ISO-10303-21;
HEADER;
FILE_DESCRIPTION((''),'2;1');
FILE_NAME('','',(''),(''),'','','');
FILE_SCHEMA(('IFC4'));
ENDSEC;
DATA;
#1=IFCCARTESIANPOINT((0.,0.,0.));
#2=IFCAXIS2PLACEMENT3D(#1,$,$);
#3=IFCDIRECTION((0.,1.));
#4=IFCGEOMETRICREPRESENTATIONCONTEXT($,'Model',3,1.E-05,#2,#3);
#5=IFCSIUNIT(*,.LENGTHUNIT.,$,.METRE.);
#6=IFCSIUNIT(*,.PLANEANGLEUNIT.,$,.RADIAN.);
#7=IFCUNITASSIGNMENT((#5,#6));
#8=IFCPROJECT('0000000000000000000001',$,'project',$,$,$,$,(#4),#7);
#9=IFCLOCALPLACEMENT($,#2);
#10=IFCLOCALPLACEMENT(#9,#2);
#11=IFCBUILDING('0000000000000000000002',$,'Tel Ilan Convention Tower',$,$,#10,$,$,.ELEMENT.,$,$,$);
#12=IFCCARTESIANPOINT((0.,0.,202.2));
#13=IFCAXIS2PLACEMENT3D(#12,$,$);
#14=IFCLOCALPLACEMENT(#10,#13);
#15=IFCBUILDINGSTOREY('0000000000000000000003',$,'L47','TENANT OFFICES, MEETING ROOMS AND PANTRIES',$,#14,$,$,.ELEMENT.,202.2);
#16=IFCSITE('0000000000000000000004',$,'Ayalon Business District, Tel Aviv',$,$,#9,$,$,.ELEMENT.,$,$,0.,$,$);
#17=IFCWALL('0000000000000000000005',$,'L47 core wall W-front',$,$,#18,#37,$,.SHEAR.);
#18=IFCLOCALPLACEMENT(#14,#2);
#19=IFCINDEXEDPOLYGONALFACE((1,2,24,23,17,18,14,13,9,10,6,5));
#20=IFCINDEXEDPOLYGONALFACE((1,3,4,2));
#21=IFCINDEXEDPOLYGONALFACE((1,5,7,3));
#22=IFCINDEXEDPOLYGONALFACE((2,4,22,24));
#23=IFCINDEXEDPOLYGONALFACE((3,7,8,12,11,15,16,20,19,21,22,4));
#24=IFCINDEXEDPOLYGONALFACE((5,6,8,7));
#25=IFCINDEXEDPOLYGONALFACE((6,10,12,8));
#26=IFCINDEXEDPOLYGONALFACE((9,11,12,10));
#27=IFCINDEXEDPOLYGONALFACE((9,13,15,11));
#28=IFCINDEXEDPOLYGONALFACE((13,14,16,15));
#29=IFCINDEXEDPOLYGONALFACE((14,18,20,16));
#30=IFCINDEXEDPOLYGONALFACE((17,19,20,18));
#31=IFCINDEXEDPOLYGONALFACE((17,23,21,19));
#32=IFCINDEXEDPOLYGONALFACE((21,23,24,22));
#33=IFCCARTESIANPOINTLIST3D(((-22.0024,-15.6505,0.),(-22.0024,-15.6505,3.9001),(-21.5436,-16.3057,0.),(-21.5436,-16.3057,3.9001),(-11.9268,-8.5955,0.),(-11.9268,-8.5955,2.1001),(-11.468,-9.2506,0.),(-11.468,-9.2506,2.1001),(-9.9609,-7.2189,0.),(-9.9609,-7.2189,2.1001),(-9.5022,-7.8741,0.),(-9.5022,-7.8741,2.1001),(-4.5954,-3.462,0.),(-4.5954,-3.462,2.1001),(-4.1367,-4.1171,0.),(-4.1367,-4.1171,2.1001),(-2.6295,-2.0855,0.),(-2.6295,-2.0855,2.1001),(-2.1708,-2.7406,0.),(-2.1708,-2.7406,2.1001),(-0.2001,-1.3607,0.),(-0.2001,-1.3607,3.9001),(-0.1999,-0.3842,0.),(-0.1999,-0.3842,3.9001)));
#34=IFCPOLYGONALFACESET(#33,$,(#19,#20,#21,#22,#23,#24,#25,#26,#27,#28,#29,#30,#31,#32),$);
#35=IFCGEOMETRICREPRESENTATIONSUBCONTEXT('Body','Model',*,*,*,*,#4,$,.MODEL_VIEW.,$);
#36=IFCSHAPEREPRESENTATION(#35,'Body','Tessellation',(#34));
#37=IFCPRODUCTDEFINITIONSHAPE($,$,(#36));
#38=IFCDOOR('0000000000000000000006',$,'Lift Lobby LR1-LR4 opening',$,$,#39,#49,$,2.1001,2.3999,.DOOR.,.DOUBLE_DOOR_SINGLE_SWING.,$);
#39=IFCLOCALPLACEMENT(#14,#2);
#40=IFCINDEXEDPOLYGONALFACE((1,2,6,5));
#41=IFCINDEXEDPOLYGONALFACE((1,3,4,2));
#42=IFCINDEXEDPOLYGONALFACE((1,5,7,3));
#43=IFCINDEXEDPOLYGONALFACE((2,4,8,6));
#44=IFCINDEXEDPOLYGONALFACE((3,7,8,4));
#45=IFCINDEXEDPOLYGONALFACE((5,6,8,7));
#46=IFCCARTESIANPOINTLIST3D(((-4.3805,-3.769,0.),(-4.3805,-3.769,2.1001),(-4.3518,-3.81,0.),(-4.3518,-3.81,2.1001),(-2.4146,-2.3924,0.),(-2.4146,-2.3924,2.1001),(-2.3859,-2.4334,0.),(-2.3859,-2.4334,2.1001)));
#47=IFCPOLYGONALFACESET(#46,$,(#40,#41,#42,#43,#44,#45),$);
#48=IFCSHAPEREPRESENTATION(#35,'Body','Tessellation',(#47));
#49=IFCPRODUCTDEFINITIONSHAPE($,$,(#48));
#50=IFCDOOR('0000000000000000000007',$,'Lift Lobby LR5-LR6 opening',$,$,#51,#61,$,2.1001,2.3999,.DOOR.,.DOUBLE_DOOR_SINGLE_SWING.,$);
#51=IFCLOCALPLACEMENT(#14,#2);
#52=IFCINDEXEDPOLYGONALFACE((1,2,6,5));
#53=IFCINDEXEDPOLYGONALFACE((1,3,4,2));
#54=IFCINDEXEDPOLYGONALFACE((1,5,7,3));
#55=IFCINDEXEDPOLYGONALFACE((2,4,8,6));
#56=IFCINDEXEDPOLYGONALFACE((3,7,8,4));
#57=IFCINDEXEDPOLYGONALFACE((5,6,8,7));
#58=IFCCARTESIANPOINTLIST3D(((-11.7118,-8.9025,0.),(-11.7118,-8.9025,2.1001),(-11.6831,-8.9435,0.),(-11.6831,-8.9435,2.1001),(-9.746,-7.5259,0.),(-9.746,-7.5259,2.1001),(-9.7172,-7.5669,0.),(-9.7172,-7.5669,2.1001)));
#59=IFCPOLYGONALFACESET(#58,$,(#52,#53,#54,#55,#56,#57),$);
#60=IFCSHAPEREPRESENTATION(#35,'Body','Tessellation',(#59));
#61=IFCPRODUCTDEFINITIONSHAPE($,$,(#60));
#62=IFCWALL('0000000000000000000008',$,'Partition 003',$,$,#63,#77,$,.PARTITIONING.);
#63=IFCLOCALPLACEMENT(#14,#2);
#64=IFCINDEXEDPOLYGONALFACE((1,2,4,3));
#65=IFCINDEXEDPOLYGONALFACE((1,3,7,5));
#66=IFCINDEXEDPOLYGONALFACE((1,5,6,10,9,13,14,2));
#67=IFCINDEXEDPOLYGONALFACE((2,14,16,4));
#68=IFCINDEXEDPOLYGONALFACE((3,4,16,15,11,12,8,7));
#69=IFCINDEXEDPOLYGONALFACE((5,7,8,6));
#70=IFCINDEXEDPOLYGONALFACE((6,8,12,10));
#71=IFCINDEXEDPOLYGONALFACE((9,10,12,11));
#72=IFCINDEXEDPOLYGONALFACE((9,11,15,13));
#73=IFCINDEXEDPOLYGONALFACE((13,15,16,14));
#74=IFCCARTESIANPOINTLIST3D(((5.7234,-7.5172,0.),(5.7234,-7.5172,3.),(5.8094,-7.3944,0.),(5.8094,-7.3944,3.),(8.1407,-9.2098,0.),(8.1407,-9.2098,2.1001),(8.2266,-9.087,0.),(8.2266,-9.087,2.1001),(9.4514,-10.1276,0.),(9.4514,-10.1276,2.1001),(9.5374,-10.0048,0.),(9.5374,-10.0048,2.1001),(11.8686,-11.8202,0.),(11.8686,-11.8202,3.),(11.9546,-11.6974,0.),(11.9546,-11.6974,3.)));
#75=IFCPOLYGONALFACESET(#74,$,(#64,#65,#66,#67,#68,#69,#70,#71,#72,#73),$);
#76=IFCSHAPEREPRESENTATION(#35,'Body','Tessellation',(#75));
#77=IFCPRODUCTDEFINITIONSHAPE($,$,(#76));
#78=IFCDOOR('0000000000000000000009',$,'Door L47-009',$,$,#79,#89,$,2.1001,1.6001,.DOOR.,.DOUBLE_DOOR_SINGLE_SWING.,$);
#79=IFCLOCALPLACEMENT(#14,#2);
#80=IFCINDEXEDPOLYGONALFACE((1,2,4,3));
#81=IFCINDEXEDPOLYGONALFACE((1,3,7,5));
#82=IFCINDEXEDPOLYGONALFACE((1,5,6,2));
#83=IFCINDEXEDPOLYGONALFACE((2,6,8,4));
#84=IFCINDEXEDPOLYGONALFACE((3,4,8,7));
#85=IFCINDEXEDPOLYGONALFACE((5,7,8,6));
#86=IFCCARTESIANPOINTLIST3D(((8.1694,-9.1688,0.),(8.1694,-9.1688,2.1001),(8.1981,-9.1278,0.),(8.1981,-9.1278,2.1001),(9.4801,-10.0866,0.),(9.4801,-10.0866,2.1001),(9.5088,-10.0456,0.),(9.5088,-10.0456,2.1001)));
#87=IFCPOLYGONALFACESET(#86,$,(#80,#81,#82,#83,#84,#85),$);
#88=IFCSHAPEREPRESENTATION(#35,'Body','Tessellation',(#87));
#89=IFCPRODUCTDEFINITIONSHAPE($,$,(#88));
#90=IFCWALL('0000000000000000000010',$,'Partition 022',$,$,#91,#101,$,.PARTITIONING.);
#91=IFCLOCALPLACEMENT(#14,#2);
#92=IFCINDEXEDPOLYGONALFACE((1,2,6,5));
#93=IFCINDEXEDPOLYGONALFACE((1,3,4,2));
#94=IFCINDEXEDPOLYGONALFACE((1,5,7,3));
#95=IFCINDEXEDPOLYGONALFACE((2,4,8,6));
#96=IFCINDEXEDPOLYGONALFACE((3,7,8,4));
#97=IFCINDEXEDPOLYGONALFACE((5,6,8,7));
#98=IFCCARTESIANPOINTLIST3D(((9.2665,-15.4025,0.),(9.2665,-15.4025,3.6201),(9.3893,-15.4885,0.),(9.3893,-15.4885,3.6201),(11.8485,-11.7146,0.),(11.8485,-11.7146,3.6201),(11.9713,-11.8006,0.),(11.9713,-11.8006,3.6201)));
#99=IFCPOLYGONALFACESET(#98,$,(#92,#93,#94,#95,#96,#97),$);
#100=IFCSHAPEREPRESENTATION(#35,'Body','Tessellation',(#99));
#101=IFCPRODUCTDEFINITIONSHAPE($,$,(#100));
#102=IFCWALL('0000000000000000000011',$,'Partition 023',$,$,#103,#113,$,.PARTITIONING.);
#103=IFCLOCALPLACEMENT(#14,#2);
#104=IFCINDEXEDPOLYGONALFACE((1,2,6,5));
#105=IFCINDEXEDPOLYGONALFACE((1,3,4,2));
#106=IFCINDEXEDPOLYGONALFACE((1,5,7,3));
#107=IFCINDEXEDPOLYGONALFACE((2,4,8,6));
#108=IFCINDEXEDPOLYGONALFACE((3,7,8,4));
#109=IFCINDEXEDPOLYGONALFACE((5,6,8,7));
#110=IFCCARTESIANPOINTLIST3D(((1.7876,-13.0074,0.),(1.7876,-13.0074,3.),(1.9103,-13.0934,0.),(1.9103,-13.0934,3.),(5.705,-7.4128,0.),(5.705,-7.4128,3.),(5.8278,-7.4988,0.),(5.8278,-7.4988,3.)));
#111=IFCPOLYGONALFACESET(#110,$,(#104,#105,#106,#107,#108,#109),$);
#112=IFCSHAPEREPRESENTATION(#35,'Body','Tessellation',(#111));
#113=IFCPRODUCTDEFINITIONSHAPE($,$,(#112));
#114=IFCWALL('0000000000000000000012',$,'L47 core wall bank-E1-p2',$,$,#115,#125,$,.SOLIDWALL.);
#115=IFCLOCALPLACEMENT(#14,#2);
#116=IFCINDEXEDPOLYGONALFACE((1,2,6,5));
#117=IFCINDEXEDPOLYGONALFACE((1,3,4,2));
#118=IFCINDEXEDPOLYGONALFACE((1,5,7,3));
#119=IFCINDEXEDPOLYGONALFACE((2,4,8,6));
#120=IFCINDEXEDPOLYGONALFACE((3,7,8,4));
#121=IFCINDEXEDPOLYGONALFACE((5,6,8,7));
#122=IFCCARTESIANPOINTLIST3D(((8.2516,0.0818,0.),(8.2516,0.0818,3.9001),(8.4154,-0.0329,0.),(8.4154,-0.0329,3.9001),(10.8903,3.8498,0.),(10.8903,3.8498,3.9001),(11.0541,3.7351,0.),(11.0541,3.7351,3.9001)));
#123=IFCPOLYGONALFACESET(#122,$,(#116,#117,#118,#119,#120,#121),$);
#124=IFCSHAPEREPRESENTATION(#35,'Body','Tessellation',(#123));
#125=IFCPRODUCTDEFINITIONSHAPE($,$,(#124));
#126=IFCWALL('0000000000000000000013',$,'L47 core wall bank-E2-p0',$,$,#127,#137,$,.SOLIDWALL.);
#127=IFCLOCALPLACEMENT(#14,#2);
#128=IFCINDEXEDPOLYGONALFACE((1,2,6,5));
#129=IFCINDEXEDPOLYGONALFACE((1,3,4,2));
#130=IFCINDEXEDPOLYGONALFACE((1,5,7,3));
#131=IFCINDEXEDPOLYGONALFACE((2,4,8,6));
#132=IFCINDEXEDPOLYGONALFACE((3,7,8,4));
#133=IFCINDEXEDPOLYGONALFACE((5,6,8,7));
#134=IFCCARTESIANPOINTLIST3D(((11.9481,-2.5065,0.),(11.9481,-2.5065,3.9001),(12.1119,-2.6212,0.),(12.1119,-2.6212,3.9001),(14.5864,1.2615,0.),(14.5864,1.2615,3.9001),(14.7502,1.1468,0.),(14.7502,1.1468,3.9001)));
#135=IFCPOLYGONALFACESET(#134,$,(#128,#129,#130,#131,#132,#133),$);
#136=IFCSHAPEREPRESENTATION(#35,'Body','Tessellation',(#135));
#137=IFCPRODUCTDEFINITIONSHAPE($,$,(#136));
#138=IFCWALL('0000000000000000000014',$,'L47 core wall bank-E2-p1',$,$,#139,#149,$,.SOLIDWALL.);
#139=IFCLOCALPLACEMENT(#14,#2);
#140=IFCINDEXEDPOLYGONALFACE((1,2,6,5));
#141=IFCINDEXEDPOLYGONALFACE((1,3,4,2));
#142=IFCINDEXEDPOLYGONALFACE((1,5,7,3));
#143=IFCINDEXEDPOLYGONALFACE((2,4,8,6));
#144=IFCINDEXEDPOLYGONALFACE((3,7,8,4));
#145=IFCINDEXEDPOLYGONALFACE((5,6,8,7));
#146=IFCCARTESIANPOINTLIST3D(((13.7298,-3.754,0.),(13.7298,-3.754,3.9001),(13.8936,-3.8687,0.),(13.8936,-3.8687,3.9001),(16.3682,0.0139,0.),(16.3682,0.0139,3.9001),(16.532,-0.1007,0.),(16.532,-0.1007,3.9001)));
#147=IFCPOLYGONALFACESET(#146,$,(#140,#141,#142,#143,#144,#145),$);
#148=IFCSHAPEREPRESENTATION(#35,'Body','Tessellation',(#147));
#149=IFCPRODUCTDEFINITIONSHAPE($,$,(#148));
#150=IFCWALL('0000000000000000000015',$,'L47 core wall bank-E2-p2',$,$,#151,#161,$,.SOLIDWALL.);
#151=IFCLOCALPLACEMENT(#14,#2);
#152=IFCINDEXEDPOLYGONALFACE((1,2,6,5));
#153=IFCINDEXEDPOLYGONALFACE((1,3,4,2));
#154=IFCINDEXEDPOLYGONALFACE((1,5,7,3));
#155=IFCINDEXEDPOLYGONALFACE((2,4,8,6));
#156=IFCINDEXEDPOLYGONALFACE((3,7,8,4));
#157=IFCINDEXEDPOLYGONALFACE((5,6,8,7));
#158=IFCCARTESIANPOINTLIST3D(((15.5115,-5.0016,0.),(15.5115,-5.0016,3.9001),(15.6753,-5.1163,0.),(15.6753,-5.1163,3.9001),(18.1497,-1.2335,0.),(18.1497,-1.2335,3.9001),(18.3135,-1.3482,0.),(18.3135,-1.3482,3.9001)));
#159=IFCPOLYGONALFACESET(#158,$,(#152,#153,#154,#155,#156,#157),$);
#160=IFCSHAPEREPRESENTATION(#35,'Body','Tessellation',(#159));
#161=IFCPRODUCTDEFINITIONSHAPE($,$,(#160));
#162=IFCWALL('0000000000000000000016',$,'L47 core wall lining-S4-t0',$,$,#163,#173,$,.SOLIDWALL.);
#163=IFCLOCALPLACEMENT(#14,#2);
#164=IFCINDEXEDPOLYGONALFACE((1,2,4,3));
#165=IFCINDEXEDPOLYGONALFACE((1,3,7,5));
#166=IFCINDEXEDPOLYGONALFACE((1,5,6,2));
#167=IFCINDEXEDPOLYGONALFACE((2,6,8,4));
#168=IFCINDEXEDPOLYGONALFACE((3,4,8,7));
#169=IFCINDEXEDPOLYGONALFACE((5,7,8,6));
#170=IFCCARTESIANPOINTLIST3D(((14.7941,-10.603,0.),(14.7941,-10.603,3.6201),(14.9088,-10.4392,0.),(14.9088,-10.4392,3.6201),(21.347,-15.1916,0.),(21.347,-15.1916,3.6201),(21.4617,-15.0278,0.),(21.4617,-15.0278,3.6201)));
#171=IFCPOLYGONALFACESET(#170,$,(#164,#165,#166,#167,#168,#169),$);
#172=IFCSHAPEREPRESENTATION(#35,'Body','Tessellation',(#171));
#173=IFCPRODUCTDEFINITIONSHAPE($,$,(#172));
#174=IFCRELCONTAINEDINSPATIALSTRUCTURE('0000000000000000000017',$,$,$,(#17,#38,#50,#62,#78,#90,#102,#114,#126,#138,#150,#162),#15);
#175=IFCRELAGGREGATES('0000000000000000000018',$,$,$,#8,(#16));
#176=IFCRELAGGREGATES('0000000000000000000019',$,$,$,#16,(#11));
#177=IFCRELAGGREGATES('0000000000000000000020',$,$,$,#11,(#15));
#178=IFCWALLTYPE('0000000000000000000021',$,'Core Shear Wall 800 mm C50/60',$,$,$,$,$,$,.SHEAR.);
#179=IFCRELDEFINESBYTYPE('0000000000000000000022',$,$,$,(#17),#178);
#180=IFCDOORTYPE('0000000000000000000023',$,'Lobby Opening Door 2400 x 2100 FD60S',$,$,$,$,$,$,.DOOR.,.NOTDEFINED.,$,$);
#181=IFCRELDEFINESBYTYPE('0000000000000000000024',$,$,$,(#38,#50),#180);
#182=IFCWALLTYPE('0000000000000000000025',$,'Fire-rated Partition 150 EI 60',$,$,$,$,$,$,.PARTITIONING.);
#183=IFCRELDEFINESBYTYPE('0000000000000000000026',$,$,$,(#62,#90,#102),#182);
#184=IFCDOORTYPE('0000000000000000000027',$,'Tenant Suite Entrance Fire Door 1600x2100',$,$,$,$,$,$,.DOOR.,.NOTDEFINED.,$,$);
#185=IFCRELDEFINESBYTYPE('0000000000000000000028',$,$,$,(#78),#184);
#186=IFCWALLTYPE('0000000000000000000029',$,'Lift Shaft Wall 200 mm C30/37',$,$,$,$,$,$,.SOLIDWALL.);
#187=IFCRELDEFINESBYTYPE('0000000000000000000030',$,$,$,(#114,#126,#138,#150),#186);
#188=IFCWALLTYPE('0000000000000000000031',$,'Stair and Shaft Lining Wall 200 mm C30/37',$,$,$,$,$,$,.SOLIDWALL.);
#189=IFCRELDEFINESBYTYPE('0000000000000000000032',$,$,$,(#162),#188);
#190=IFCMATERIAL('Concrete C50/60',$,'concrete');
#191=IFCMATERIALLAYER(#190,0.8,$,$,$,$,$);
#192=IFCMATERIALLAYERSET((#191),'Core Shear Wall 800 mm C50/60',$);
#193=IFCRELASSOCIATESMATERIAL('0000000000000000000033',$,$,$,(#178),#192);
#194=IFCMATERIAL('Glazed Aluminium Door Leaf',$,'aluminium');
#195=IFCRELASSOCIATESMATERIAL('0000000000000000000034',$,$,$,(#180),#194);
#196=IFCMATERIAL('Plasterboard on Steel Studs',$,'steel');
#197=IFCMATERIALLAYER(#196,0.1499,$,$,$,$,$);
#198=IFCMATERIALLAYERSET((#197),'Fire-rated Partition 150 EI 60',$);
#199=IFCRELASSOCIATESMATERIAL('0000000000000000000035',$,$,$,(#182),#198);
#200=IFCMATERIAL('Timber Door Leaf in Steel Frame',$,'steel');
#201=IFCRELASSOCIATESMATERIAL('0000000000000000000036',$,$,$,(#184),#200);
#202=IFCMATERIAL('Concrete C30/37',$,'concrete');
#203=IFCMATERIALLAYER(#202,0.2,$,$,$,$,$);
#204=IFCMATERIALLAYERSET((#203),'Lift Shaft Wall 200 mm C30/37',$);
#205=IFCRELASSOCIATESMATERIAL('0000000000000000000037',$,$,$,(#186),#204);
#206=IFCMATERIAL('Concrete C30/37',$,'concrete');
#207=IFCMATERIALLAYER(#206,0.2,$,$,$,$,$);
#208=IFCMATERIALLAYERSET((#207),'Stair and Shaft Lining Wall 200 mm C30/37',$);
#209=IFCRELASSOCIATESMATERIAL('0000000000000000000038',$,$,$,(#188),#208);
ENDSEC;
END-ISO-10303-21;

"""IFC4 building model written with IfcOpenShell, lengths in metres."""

from ifc_helpers import new_model, si_unit, direction, frame, frame_2d, origin, place, context, subcontext, project, spatial, polyline, rectangle, outline, extrude, material, layer, layer_set, type_object, element, fill, save


model = new_model("IFC4")

# Units and contexts
model_context = context("Model", 3, precision=1e-05, world=origin(), true_north=direction((0.0, 1.0)))
body_context = subcontext(model_context, "Body", "Model", "MODEL_VIEW")
ifc_project = project(units=[si_unit("LENGTHUNIT", "METRE"), si_unit("PLANEANGLEUNIT", "RADIAN")], contexts=[model_context])

# Site, building, storey
site_placement = place(None, origin())
site = spatial("IfcSite", under=ifc_project, at=site_placement, Name="Ayalon Business District, Tel Aviv", CompositionType="ELEMENT", RefElevation=0.0)
building_placement = place(site_placement, origin())
building = spatial("IfcBuilding", under=site, at=building_placement, Name="Tel Ilan Convention Tower", CompositionType="ELEMENT")
storey_placement = place(building_placement, frame((0.0, 0.0, 202.2)))
storey = spatial("IfcBuildingStorey", under=building, at=storey_placement, Name="L47", Description="TENANT OFFICES, MEETING ROOMS AND PANTRIES", CompositionType="ELEMENT", Elevation=202.2)

# Wall, openings, doors
ifc_material_1 = material(Name="Concrete C50/60", Category="concrete")
ifc_layer_1 = layer(ifc_material_1, 0.8)
ifc_layer_set_1 = layer_set([ifc_layer_1], Name="Core Shear Wall 800 mm C50/60")
wall_type_1 = type_object("IfcWallType", Name="Core Shear Wall 800 mm C50/60", PredefinedType="SHEAR", material=ifc_layer_set_1)
wall_1_placement = place(storey_placement, frame((0.0293, -0.7119, 0.0), z_axis=(0.0, 0.0, 1.0), x_axis=(-0.819152, -0.573577, 0.0)))
wall_1 = element("IfcWall", 1, at=wall_1_placement, inside=storey, type_object=wall_type_1, Name="L47 core wall W-front", PredefinedType="SHEAR", context=body_context, shape_type="SweptSolid", body=[
    extrude(outline(polyline([(26.6157, 0.3999), (0.5601, 0.3999), (-0.0002, -0.3999), (26.6157, -0.3999), (26.6157, 0.3999)])), origin(), (0.0, 0.0, 1.0), 3.9001),
])
opening_1_placement = place(wall_1_placement, frame((2.9658, 0.0, 0.0)))
opening_1 = element("IfcOpeningElement", 2, at=opening_1_placement, cuts=wall_1, PredefinedType="OPENING", context=body_context, shape_type="SweptSolid", body=[
    extrude(rectangle(XDim=2.3999, YDim=2.1001, at=frame_2d((1.2, 1.05))), frame((0.0, 0.4099, 0.0), z_axis=(0.0, -1.0, 0.0), x_axis=(1.0, 0.0, 0.0)), (0.0, 0.0, 1.0), 0.8201),
])
opening_2_placement = place(wall_1_placement, frame((11.9158, 0.0, 0.0)))
opening_2 = element("IfcOpeningElement", 3, at=opening_2_placement, cuts=wall_1, PredefinedType="OPENING", context=body_context, shape_type="SweptSolid", body=[
    extrude(rectangle(XDim=2.3999, YDim=2.1001, at=frame_2d((1.2, 1.05))), frame((0.0, 0.4099, 0.0), z_axis=(0.0, -1.0, 0.0), x_axis=(1.0, 0.0, 0.0)), (0.0, 0.0, 1.0), 0.8201),
])
ifc_material_2 = material(Name="Glazed Aluminium Door Leaf", Category="aluminium")
door_type_1 = type_object("IfcDoorType", Name="Lobby Opening Door 2400 x 2100 FD60S", OperationType="NOTDEFINED", PredefinedType="DOOR", material=ifc_material_2)
door_1_placement = place(opening_1_placement, origin())
door_1 = element("IfcDoor", 4, at=door_1_placement, inside=storey, type_object=door_type_1, Name="Lift Lobby LR1-LR4 opening", OperationType="DOUBLE_DOOR_SINGLE_SWING", OverallHeight=2.1001, OverallWidth=2.3999, PredefinedType="DOOR", context=body_context, shape_type="SweptSolid", body=[
    extrude(rectangle(XDim=2.3999, YDim=2.1001, at=frame_2d((1.2, 1.05))), frame((0.0, 0.0249, 0.0), z_axis=(0.0, -1.0, 0.0), x_axis=(1.0, 0.0, 0.0)), (0.0, 0.0, 1.0), 0.05),
])
fill(opening_1, door_1)
door_2_placement = place(opening_2_placement, origin())
door_2 = element("IfcDoor", 5, at=door_2_placement, inside=storey, type_object=door_type_1, Name="Lift Lobby LR5-LR6 opening", OperationType="DOUBLE_DOOR_SINGLE_SWING", OverallHeight=2.1001, OverallWidth=2.3999, PredefinedType="DOOR", context=body_context, shape_type="SweptSolid", body=[
    extrude(rectangle(XDim=2.3999, YDim=2.1001, at=frame_2d((1.2, 1.05))), frame((0.0, 0.0249, 0.0), z_axis=(0.0, -1.0, 0.0), x_axis=(1.0, 0.0, 0.0)), (0.0, 0.0, 1.0), 0.05),
])
fill(opening_2, door_2)

# Wall, opening, door
ifc_material_3 = material(Name="Plasterboard on Steel Studs", Category="steel")
ifc_layer_2 = layer(ifc_material_3, 0.1499)
ifc_layer_set_2 = layer_set([ifc_layer_2], Name="Fire-rated Partition 150 EI 60")
wall_type_2 = type_object("IfcWallType", Name="Fire-rated Partition 150 EI 60", PredefinedType="PARTITIONING", material=ifc_layer_set_2)
wall_2_placement = place(storey_placement, frame((11.9116, -11.7588, 0.0), z_axis=(0.0, 0.0, 1.0), x_axis=(-0.819151, 0.573578, 0.0)))
wall_2 = element("IfcWall", 6, at=wall_2_placement, inside=storey, type_object=wall_type_2, Name="Partition 003", PredefinedType="PARTITIONING", context=body_context, shape_type="SweptSolid", body=[
    extrude(rectangle(XDim=7.502, YDim=0.1499, at=frame_2d((3.751, 0.0))), origin(), (0.0, 0.0, 1.0), 3.0),
])
opening_3_placement = place(wall_2_placement, frame((2.9509, 0.0, 0.0)))
opening_3 = element("IfcOpeningElement", 7, at=opening_3_placement, cuts=wall_2, PredefinedType="OPENING", context=body_context, shape_type="SweptSolid", body=[
    extrude(rectangle(XDim=1.6001, YDim=2.1001, at=frame_2d((0.8, 1.05))), frame((0.0, 0.085, 0.0), z_axis=(0.0, -1.0, 0.0), x_axis=(1.0, 0.0, 0.0)), (0.0, 0.0, 1.0), 0.1699),
])
ifc_material_4 = material(Name="Timber Door Leaf in Steel Frame", Category="steel")
door_type_2 = type_object("IfcDoorType", Name="Tenant Suite Entrance Fire Door 1600x2100", OperationType="NOTDEFINED", PredefinedType="DOOR", material=ifc_material_4)
door_3_placement = place(opening_3_placement, origin())
door_3 = element("IfcDoor", 8, at=door_3_placement, inside=storey, type_object=door_type_2, Name="Door L47-009", OperationType="DOUBLE_DOOR_SINGLE_SWING", OverallHeight=2.1001, OverallWidth=1.6001, PredefinedType="DOOR", context=body_context, shape_type="SweptSolid", body=[
    extrude(rectangle(XDim=1.6001, YDim=2.1001, at=frame_2d((0.8, 1.05))), frame((0.0, 0.0249, 0.0), z_axis=(0.0, -1.0, 0.0), x_axis=(1.0, 0.0, 0.0)), (0.0, 0.0, 1.0), 0.05),
])
fill(opening_3, door_3)

# Walls
wall_3_placement = place(storey_placement, frame((11.9099, -11.7576, 0.0), z_axis=(0.0, 0.0, 1.0), x_axis=(-0.573528, -0.819186, 0.0)))
element("IfcWall", 9, at=wall_3_placement, inside=storey, type_object=wall_type_2, Name="Partition 022", PredefinedType="PARTITIONING", context=body_context, shape_type="SweptSolid", body=[
    extrude(rectangle(XDim=4.502, YDim=0.1499, at=frame_2d((2.251, 0.0))), origin(), (0.0, 0.0, 1.0), 3.6201),
])
wall_4_placement = place(storey_placement, frame((1.8489, -13.0505, 0.0), z_axis=(0.0, 0.0, 1.0), x_axis=(0.573577, 0.819151, 0.0)))
element("IfcWall", 10, at=wall_4_placement, inside=storey, type_object=wall_type_2, Name="Partition 023", PredefinedType="PARTITIONING", context=body_context, shape_type="SweptSolid", body=[
    extrude(rectangle(XDim=6.8298, YDim=0.1499, at=frame_2d((3.415, 0.0))), origin(), (0.0, 0.0, 1.0), 3.0),
])
ifc_material_5 = material(Name="Concrete C30/37", Category="concrete")
ifc_layer_3 = layer(ifc_material_5, 0.2)
ifc_layer_set_3 = layer_set([ifc_layer_3], Name="Lift Shaft Wall 200 mm C30/37")
wall_type_3 = type_object("IfcWallType", Name="Lift Shaft Wall 200 mm C30/37", PredefinedType="SOLIDWALL", material=ifc_layer_set_3)
wall_5_placement = place(storey_placement, frame((8.3335, 0.0244, 0.0), z_axis=(0.0, 0.0, 1.0), x_axis=(0.573612, 0.819127, 0.0)))
element("IfcWall", 11, at=wall_5_placement, inside=storey, type_object=wall_type_3, Name="L47 core wall bank-E1-p2", PredefinedType="SOLIDWALL", context=body_context, shape_type="SweptSolid", body=[
    extrude(rectangle(XDim=4.6001, YDim=0.2, at=frame_2d((2.3, 0.0))), origin(), (0.0, 0.0, 1.0), 3.9001),
])
for number, where, z_axis, x_axis, name in (
    (12, (12.03, -2.5637, 0.0), (0.0, 0.0, 1.0), (0.573576, 0.819152, 0.0), "L47 core wall bank-E2-p0"),
    (13, (13.8118, -3.8113, 0.0), (0.0, 0.0, 1.0), (0.573576, 0.819152, 0.0), "L47 core wall bank-E2-p1"),
    (14, (15.5935, -5.0588, 0.0), (0.0, 0.0, 1.0), (0.573541, 0.819177, 0.0), "L47 core wall bank-E2-p2"),
):
    element("IfcWall", number, at=place(storey_placement, frame(where, z_axis=z_axis, x_axis=x_axis)), inside=storey, type_object=wall_type_3, Name=name, PredefinedType="SOLIDWALL", context=body_context, shape_type="SweptSolid", body=[
        extrude(rectangle(XDim=4.5999, YDim=0.2, at=frame_2d((2.2998, 0.0))), origin(), (0.0, 0.0, 1.0), 3.9001),
    ])
ifc_material_6 = material(Name="Concrete C30/37", Category="concrete")
ifc_layer_4 = layer(ifc_material_6, 0.2)
ifc_layer_set_4 = layer_set([ifc_layer_4], Name="Stair and Shaft Lining Wall 200 mm C30/37")
wall_type_4 = type_object("IfcWallType", Name="Stair and Shaft Lining Wall 200 mm C30/37", PredefinedType="SOLIDWALL", material=ifc_layer_set_4)
wall_6_placement = place(storey_placement, frame((14.8513, -10.521, 0.0), z_axis=(0.0, 0.0, 1.0), x_axis=(0.819142, -0.573591, 0.0)))
element("IfcWall", 15, at=wall_6_placement, inside=storey, type_object=wall_type_4, Name="L47 core wall lining-S4-t0", PredefinedType="SOLIDWALL", context=body_context, shape_type="SweptSolid", body=[
    extrude(rectangle(XDim=7.9998, YDim=0.2, at=frame_2d((4.0, 0.0))), origin(), (0.0, 0.0, 1.0), 3.6201),
])

save(model, "model.ifc")
